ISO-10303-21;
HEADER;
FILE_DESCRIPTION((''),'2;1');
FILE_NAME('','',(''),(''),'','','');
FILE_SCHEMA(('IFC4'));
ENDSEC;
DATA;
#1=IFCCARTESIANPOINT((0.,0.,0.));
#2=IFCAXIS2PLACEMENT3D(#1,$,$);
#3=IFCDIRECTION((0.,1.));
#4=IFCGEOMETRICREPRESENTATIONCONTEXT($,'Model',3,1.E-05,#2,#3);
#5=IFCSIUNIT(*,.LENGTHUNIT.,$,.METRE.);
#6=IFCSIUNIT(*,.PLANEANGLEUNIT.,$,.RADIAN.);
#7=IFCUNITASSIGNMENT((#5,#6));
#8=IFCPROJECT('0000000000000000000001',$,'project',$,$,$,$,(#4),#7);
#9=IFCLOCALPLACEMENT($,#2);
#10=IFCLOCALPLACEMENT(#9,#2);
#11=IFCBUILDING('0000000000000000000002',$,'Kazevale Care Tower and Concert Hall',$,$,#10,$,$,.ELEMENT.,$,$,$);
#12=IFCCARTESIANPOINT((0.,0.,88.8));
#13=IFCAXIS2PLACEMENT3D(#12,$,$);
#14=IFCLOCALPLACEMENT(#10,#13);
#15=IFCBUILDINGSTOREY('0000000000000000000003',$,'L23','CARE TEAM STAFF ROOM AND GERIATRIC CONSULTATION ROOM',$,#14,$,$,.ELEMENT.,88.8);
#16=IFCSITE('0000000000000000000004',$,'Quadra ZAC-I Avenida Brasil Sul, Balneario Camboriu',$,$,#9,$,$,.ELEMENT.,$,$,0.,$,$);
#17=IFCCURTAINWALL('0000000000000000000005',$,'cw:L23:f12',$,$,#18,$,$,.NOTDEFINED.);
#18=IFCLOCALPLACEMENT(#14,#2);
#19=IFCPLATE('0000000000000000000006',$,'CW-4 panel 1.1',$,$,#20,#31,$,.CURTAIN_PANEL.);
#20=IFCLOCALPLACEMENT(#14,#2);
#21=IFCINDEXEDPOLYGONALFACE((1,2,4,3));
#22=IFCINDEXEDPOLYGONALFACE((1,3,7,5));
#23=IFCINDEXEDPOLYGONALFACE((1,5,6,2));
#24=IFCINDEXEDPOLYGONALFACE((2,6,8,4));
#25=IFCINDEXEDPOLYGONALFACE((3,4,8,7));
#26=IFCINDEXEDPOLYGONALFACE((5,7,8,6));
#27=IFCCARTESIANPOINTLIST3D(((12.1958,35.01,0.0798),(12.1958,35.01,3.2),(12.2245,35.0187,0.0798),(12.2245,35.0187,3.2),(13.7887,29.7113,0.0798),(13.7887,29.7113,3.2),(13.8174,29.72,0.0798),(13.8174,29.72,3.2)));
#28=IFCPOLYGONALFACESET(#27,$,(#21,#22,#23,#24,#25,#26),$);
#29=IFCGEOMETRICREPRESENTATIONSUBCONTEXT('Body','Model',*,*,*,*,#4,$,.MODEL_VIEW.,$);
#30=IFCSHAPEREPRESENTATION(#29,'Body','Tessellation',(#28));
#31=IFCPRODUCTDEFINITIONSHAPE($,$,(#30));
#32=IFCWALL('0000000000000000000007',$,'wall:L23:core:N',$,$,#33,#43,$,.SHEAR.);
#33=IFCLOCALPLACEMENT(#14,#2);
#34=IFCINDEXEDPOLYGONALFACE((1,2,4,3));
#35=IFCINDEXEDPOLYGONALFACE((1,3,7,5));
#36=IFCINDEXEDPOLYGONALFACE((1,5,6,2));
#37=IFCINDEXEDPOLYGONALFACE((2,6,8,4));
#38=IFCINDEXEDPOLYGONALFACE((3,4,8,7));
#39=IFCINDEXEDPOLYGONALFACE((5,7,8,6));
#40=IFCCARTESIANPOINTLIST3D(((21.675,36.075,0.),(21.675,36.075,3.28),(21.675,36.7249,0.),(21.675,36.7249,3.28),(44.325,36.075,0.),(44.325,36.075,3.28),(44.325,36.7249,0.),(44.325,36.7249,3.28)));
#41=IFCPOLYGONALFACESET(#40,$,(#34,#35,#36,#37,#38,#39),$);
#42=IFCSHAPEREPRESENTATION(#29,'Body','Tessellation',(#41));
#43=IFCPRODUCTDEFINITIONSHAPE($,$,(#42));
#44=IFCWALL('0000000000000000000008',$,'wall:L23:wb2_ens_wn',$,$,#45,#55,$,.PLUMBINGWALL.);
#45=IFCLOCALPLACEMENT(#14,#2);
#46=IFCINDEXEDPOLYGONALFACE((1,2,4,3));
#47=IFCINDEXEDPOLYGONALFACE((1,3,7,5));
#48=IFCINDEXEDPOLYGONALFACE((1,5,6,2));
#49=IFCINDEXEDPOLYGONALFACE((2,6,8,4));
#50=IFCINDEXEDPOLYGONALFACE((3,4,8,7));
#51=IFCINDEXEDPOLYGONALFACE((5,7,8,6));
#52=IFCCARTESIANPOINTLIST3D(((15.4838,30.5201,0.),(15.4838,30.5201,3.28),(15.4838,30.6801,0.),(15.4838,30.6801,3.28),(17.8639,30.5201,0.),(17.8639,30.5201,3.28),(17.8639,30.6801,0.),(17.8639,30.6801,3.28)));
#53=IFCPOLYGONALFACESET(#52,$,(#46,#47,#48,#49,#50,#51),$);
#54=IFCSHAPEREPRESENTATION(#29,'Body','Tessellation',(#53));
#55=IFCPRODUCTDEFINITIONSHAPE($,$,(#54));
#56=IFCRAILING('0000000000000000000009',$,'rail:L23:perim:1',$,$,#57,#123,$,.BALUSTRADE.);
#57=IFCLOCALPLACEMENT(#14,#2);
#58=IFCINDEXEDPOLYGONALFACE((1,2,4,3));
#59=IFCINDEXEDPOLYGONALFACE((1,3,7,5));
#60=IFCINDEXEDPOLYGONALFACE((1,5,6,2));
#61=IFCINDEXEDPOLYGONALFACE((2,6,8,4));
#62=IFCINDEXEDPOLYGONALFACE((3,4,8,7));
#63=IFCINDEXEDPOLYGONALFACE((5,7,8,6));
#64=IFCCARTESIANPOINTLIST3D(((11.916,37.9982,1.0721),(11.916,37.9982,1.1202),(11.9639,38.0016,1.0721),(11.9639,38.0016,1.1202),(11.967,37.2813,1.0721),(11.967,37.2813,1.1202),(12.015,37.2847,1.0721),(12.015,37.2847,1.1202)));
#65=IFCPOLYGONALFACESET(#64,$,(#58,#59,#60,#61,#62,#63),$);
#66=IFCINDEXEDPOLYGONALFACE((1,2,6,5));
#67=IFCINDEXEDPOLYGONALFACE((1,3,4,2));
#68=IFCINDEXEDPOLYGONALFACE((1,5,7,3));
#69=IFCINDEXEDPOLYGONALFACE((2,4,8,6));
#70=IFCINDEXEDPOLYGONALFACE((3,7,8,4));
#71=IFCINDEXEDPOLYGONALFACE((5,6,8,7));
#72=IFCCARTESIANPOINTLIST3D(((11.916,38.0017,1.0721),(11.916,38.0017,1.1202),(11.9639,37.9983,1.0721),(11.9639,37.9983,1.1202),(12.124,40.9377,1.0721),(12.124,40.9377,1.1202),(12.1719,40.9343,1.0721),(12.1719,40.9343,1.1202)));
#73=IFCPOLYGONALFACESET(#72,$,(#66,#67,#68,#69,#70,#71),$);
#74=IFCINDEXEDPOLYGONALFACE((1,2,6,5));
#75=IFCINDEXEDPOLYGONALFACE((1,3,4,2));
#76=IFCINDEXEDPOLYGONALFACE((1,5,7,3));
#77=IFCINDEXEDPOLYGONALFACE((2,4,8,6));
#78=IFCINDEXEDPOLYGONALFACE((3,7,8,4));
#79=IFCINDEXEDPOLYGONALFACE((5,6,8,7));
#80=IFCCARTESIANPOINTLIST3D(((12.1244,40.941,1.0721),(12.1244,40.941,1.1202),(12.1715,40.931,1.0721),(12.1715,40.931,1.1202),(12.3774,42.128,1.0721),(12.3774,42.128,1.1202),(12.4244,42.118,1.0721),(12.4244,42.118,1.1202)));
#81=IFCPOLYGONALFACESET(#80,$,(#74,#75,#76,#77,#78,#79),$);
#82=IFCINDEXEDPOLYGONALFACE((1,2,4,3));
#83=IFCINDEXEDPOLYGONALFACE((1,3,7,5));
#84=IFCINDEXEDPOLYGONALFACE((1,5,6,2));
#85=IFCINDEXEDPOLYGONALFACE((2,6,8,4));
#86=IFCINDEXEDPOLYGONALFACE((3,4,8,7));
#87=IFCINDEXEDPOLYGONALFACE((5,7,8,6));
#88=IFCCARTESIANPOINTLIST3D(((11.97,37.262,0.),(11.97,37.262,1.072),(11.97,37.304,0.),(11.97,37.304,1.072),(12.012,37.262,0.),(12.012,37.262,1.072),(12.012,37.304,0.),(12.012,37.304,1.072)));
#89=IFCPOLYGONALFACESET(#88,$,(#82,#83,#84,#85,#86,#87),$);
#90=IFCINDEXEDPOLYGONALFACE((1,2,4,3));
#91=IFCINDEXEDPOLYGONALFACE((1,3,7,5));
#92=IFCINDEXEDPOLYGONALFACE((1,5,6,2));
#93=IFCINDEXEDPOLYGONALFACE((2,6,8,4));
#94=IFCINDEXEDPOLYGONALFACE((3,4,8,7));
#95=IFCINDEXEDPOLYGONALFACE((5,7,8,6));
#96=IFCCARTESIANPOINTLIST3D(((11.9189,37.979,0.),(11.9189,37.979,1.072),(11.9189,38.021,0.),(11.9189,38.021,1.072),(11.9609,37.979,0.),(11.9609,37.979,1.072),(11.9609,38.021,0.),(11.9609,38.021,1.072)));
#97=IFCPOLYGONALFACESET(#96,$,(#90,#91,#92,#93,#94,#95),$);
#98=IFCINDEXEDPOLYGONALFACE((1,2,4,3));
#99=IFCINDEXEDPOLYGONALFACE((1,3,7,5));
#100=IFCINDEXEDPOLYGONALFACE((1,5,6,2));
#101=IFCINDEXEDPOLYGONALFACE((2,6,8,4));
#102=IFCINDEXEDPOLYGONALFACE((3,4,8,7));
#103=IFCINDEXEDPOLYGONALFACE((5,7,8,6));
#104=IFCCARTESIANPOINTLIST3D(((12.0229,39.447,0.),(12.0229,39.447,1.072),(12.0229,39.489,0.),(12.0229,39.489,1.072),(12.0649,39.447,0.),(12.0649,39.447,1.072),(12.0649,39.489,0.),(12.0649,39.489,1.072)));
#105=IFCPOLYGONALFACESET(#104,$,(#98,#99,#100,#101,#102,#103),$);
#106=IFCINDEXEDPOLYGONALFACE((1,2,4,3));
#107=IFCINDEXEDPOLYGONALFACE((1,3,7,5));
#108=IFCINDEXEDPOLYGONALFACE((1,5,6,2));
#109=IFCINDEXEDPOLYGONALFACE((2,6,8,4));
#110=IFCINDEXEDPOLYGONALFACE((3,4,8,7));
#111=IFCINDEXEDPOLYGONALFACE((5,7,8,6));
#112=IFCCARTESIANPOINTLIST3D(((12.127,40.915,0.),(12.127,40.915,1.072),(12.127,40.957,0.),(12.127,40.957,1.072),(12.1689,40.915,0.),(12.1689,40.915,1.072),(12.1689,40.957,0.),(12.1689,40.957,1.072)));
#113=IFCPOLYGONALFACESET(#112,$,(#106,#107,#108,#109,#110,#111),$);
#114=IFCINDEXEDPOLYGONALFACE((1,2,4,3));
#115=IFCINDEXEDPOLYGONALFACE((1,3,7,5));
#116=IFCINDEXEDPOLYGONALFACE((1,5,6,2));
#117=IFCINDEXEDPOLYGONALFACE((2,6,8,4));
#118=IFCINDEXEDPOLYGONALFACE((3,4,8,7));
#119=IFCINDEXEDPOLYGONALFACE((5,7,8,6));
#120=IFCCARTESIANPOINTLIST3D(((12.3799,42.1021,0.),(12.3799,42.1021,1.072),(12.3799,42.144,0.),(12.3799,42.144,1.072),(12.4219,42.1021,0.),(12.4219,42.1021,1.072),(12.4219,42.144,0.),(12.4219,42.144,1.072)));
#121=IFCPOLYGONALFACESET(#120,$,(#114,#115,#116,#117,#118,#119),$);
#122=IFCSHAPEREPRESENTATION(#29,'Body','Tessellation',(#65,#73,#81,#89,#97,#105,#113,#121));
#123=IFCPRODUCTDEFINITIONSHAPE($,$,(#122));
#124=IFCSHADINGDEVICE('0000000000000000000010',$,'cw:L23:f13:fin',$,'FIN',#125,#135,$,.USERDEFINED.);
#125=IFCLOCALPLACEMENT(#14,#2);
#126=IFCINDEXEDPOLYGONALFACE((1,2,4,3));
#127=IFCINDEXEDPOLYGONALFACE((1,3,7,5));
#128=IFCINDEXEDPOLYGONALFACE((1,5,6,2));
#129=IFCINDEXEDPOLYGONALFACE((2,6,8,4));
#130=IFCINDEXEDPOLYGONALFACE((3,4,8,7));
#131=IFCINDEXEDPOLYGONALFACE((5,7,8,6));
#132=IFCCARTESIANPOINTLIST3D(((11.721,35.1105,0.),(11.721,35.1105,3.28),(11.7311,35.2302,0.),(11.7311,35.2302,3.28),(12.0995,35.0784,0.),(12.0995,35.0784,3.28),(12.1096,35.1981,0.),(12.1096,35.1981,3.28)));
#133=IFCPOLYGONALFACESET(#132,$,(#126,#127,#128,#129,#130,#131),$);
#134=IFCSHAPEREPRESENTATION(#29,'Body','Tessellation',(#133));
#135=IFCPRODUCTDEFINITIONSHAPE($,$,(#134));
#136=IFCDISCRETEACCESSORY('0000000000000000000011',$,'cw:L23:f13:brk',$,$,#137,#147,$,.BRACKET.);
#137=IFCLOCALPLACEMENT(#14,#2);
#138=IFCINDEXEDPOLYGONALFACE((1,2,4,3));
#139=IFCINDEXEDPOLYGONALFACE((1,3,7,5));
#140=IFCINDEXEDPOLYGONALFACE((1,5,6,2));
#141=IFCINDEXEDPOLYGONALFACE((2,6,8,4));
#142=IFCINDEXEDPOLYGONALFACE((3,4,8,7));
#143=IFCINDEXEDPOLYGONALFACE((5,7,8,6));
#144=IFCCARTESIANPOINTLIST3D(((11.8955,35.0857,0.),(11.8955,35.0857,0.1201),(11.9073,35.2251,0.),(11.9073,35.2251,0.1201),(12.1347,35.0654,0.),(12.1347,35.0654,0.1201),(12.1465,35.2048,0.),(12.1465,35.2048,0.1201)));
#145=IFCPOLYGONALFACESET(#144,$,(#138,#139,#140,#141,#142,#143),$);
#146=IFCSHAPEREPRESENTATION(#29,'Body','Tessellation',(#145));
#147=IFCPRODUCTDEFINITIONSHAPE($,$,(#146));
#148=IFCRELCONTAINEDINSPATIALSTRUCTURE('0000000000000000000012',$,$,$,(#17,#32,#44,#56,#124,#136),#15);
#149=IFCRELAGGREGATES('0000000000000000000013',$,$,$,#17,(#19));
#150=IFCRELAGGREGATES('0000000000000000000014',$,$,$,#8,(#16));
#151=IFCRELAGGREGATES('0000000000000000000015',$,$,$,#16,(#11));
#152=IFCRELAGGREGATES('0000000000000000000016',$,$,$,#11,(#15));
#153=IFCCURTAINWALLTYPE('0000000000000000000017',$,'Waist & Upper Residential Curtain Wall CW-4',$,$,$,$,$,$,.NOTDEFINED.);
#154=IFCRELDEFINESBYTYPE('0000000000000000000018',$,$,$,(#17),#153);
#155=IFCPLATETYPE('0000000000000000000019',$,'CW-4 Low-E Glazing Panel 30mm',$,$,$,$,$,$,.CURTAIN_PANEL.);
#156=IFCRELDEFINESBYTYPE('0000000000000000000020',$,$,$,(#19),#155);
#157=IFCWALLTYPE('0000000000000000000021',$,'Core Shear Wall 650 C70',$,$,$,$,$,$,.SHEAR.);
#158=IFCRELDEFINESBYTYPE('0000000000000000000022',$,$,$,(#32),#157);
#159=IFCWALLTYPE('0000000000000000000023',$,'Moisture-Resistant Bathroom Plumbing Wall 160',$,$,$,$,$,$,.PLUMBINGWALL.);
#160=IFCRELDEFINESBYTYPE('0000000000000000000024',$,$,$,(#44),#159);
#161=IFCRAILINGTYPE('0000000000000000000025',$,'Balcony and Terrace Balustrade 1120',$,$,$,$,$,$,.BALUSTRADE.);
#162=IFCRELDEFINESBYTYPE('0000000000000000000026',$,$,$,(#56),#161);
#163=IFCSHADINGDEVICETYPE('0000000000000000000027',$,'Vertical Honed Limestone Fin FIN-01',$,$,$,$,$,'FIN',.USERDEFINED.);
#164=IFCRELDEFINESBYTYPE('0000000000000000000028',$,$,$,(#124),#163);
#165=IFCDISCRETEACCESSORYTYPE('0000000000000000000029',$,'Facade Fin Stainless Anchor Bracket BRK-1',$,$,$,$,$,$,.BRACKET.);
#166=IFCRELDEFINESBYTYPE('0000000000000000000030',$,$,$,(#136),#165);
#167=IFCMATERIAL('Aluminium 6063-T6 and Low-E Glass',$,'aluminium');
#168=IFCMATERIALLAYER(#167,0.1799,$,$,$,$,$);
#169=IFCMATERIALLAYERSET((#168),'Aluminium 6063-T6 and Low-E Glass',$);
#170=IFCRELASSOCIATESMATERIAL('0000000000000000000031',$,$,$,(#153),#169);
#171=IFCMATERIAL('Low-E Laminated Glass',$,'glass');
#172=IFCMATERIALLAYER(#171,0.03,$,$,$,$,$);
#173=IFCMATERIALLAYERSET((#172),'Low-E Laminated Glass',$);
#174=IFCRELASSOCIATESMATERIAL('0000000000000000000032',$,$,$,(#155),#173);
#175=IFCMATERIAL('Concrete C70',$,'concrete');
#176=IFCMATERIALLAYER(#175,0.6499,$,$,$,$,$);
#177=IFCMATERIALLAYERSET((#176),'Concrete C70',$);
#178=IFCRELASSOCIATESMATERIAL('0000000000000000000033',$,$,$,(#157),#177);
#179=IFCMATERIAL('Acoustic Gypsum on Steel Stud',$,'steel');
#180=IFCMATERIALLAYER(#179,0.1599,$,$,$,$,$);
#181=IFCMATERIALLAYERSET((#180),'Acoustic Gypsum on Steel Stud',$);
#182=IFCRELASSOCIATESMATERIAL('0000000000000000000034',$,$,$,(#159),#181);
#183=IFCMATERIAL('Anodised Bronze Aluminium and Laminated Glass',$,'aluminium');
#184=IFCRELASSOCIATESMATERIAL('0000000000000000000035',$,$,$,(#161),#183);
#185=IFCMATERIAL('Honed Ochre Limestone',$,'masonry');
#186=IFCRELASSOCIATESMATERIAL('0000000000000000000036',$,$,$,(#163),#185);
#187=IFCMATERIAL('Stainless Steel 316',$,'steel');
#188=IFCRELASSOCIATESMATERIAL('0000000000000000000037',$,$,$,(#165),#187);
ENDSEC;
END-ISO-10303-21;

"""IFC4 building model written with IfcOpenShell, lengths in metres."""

from ifc_helpers import new_model, si_unit, direction, frame, frame_2d, origin, origin_2d, place, context, subcontext, project, spatial, rectangle, extrude, material, layer, layer_set, type_object, element, aggregate, save


model = new_model("IFC4")

# Units and contexts
model_context = context("Model", 3, precision=1e-05, world=origin(), true_north=direction((0.0, 1.0)))
body_context = subcontext(model_context, "Body", "Model", "MODEL_VIEW")
ifc_project = project(units=[si_unit("LENGTHUNIT", "METRE"), si_unit("PLANEANGLEUNIT", "RADIAN")], contexts=[model_context])

# Site, building, storey
site_placement = place(None, origin())
site = spatial("IfcSite", under=ifc_project, at=site_placement, Name="Quadra ZAC-I Avenida Brasil Sul, Balneario Camboriu", CompositionType="ELEMENT", RefElevation=0.0)
building_placement = place(site_placement, origin())
building = spatial("IfcBuilding", under=site, at=building_placement, Name="Kazevale Care Tower and Concert Hall", CompositionType="ELEMENT")
storey_placement = place(building_placement, frame((0.0, 0.0, 88.8)))
storey = spatial("IfcBuildingStorey", under=building, at=storey_placement, Name="L23", Description="CARE TEAM STAFF ROOM AND GERIATRIC CONSULTATION ROOM", CompositionType="ELEMENT", Elevation=88.8)

# Shared definitions
ifc_material_1 = material(Name="Concrete C70", Category="concrete")

# Curtain wall
ifc_material_2 = material(Name="Aluminium 6063-T6 and Low-E Glass", Category="aluminium")
ifc_layer_1 = layer(ifc_material_2, 0.1799)
ifc_layer_set_1 = layer_set([ifc_layer_1], Name="Aluminium 6063-T6 and Low-E Glass")
curtain_wall_type = type_object("IfcCurtainWallType", Name="Waist & Upper Residential Curtain Wall CW-4", PredefinedType="NOTDEFINED", material=ifc_layer_set_1)
curtain_wall_1_placement = place(storey_placement, origin())
curtain_wall_1 = element("IfcCurtainWall", 1, at=curtain_wall_1_placement, inside=storey, type_object=curtain_wall_type, Name="cw:L23:f12", PredefinedType="NOTDEFINED")

# Plate
ifc_material_3 = material(Name="Low-E Laminated Glass", Category="glass")
ifc_layer_2 = layer(ifc_material_3, 0.03)
ifc_layer_set_2 = layer_set([ifc_layer_2], Name="Low-E Laminated Glass")
plate_type = type_object("IfcPlateType", Name="CW-4 Low-E Glazing Panel 30mm", PredefinedType="CURTAIN_PANEL", material=ifc_layer_set_2)
plate_placement = place(storey_placement, frame((13.0066, 32.365, 0.0798), z_axis=(0.0, 0.0, 1.0), x_axis=(-0.287896, 0.957662, 0.0)))
plate = element("IfcPlate", 2, at=plate_placement, type_object=plate_type, Name="CW-4 panel 1.1", PredefinedType="CURTAIN_PANEL", context=body_context, shape_type="SweptSolid", body=[
    extrude(rectangle(XDim=5.533, YDim=0.03, at=origin_2d()), origin(), (0.0, 0.0, 1.0), 3.1201),
])
aggregate(curtain_wall_1, [plate])

# Walls
ifc_layer_3 = layer(ifc_material_1, 0.6499)
ifc_layer_set_3 = layer_set([ifc_layer_3], Name="Concrete C70")
wall_type_1 = type_object("IfcWallType", Name="Core Shear Wall 650 C70", PredefinedType="SHEAR", material=ifc_layer_set_3)
wall_1_placement = place(storey_placement, frame((21.675, 36.3999, 0.0), z_axis=(0.0, 0.0, 1.0), x_axis=(1.0, 0.0, 0.0)))
element("IfcWall", 3, at=wall_1_placement, inside=storey, type_object=wall_type_1, Name="wall:L23:core:N", PredefinedType="SHEAR", context=body_context, shape_type="SweptSolid", body=[
    extrude(rectangle(XDim=22.6499, YDim=0.6499, at=frame_2d((11.325, 0.0))), origin(), (0.0, 0.0, 1.0), 3.28),
])
ifc_material_4 = material(Name="Acoustic Gypsum on Steel Stud", Category="steel")
ifc_layer_4 = layer(ifc_material_4, 0.1599)
ifc_layer_set_4 = layer_set([ifc_layer_4], Name="Acoustic Gypsum on Steel Stud")
wall_type_2 = type_object("IfcWallType", Name="Moisture-Resistant Bathroom Plumbing Wall 160", PredefinedType="PLUMBINGWALL", material=ifc_layer_set_4)
wall_2_placement = place(storey_placement, frame((15.4839, 30.6001, 0.0), z_axis=(0.0, 0.0, 1.0), x_axis=(1.0, 0.0, 0.0)))
element("IfcWall", 4, at=wall_2_placement, inside=storey, type_object=wall_type_2, Name="wall:L23:wb2_ens_wn", PredefinedType="PLUMBINGWALL", context=body_context, shape_type="SweptSolid", body=[
    extrude(rectangle(XDim=2.3801, YDim=0.1599, at=frame_2d((1.1899, 0.0))), origin(), (0.0, 0.0, 1.0), 3.28),
])

# Railing
ifc_material_5 = material(Name="Anodised Bronze Aluminium and Laminated Glass", Category="aluminium")
railing_type = type_object("IfcRailingType", Name="Balcony and Terrace Balustrade 1120", PredefinedType="BALUSTRADE", material=ifc_material_5)
railing_placement = place(storey_placement, frame((11.991, 37.283, 0.0)))
element("IfcRailing", 5, at=railing_placement, inside=storey, type_object=railing_type, Name="rail:L23:perim:1", PredefinedType="BALUSTRADE", context=body_context, shape_type="SweptSolid", body=[
    extrude(rectangle(XDim=0.0481, YDim=0.0481, at=origin_2d()), frame((0.0, 0.0, 1.0962), z_axis=(-0.070982, 0.997478, 0.0), x_axis=(-0.997478, -0.070982, 0.0)), (0.0, 0.0, 1.0), 0.7188),
    extrude(rectangle(XDim=0.0481, YDim=0.0481, at=origin_2d()), frame((-0.051, 0.717, 1.0962), z_axis=(0.070669, 0.9975, 0.0), x_axis=(-0.9975, 0.070669, 0.0)), (0.0, 0.0, 1.0), 2.9434),
    extrude(rectangle(XDim=0.0481, YDim=0.0481, at=origin_2d()), frame((0.157, 3.6531, 1.0962), z_axis=(0.208402, 0.978043, 0.0), x_axis=(-0.978043, 0.208402, 0.0)), (0.0, 0.0, 1.0), 1.2136),
    extrude(rectangle(XDim=0.042, YDim=0.042, at=origin_2d()), origin(), (0.0, 0.0, 1.0), 1.072),
    extrude(rectangle(XDim=0.042, YDim=0.042, at=origin_2d()), frame((-0.051, 0.717, 0.0)), (0.0, 0.0, 1.0), 1.072),
    extrude(rectangle(XDim=0.042, YDim=0.042, at=origin_2d()), frame((0.053, 2.1851, 0.0)), (0.0, 0.0, 1.0), 1.072),
    extrude(rectangle(XDim=0.042, YDim=0.042, at=origin_2d()), frame((0.157, 3.6531, 0.0)), (0.0, 0.0, 1.0), 1.072),
    extrude(rectangle(XDim=0.042, YDim=0.042, at=origin_2d()), frame((0.4099, 4.8401, 0.0)), (0.0, 0.0, 1.0), 1.072),
])

# Shading device
ifc_material_6 = material(Name="Honed Ochre Limestone", Category="masonry")
shading_device_type = type_object("IfcShadingDeviceType", Name="Vertical Honed Limestone Fin FIN-01", ElementType="FIN", PredefinedType="USERDEFINED", material=ifc_material_6)
shading_device_placement = place(storey_placement, frame((11.9153, 35.1543, 0.0), z_axis=(0.0, 0.0, 1.0), x_axis=(-0.996434, 0.084374, 0.0)))
element("IfcShadingDevice", 6, at=shading_device_placement, inside=storey, type_object=shading_device_type, Name="cw:L23:f13:fin", ObjectType="FIN", PredefinedType="USERDEFINED", context=body_context, shape_type="SweptSolid", body=[
    extrude(rectangle(XDim=0.3799, YDim=0.1201, at=origin_2d()), origin(), (0.0, 0.0, 1.0), 3.28),
])

# Discrete accessory
ifc_material_7 = material(Name="Stainless Steel 316", Category="steel")
discrete_accessory_type = type_object("IfcDiscreteAccessoryType", Name="Facade Fin Stainless Anchor Bracket BRK-1", PredefinedType="BRACKET", material=ifc_material_7)
discrete_accessory_placement = place(storey_placement, frame((12.021, 35.1453, 0.0), z_axis=(0.0, 0.0, 1.0), x_axis=(-0.996434, 0.084374, 0.0)))
element("IfcDiscreteAccessory", 7, at=discrete_accessory_placement, inside=storey, type_object=discrete_accessory_type, Name="cw:L23:f13:brk", PredefinedType="BRACKET", context=body_context, shape_type="SweptSolid", body=[
    extrude(rectangle(XDim=0.24, YDim=0.1399, at=origin_2d()), origin(), (0.0, 0.0, 1.0), 0.1201),
])

save(model, "model.ifc")
